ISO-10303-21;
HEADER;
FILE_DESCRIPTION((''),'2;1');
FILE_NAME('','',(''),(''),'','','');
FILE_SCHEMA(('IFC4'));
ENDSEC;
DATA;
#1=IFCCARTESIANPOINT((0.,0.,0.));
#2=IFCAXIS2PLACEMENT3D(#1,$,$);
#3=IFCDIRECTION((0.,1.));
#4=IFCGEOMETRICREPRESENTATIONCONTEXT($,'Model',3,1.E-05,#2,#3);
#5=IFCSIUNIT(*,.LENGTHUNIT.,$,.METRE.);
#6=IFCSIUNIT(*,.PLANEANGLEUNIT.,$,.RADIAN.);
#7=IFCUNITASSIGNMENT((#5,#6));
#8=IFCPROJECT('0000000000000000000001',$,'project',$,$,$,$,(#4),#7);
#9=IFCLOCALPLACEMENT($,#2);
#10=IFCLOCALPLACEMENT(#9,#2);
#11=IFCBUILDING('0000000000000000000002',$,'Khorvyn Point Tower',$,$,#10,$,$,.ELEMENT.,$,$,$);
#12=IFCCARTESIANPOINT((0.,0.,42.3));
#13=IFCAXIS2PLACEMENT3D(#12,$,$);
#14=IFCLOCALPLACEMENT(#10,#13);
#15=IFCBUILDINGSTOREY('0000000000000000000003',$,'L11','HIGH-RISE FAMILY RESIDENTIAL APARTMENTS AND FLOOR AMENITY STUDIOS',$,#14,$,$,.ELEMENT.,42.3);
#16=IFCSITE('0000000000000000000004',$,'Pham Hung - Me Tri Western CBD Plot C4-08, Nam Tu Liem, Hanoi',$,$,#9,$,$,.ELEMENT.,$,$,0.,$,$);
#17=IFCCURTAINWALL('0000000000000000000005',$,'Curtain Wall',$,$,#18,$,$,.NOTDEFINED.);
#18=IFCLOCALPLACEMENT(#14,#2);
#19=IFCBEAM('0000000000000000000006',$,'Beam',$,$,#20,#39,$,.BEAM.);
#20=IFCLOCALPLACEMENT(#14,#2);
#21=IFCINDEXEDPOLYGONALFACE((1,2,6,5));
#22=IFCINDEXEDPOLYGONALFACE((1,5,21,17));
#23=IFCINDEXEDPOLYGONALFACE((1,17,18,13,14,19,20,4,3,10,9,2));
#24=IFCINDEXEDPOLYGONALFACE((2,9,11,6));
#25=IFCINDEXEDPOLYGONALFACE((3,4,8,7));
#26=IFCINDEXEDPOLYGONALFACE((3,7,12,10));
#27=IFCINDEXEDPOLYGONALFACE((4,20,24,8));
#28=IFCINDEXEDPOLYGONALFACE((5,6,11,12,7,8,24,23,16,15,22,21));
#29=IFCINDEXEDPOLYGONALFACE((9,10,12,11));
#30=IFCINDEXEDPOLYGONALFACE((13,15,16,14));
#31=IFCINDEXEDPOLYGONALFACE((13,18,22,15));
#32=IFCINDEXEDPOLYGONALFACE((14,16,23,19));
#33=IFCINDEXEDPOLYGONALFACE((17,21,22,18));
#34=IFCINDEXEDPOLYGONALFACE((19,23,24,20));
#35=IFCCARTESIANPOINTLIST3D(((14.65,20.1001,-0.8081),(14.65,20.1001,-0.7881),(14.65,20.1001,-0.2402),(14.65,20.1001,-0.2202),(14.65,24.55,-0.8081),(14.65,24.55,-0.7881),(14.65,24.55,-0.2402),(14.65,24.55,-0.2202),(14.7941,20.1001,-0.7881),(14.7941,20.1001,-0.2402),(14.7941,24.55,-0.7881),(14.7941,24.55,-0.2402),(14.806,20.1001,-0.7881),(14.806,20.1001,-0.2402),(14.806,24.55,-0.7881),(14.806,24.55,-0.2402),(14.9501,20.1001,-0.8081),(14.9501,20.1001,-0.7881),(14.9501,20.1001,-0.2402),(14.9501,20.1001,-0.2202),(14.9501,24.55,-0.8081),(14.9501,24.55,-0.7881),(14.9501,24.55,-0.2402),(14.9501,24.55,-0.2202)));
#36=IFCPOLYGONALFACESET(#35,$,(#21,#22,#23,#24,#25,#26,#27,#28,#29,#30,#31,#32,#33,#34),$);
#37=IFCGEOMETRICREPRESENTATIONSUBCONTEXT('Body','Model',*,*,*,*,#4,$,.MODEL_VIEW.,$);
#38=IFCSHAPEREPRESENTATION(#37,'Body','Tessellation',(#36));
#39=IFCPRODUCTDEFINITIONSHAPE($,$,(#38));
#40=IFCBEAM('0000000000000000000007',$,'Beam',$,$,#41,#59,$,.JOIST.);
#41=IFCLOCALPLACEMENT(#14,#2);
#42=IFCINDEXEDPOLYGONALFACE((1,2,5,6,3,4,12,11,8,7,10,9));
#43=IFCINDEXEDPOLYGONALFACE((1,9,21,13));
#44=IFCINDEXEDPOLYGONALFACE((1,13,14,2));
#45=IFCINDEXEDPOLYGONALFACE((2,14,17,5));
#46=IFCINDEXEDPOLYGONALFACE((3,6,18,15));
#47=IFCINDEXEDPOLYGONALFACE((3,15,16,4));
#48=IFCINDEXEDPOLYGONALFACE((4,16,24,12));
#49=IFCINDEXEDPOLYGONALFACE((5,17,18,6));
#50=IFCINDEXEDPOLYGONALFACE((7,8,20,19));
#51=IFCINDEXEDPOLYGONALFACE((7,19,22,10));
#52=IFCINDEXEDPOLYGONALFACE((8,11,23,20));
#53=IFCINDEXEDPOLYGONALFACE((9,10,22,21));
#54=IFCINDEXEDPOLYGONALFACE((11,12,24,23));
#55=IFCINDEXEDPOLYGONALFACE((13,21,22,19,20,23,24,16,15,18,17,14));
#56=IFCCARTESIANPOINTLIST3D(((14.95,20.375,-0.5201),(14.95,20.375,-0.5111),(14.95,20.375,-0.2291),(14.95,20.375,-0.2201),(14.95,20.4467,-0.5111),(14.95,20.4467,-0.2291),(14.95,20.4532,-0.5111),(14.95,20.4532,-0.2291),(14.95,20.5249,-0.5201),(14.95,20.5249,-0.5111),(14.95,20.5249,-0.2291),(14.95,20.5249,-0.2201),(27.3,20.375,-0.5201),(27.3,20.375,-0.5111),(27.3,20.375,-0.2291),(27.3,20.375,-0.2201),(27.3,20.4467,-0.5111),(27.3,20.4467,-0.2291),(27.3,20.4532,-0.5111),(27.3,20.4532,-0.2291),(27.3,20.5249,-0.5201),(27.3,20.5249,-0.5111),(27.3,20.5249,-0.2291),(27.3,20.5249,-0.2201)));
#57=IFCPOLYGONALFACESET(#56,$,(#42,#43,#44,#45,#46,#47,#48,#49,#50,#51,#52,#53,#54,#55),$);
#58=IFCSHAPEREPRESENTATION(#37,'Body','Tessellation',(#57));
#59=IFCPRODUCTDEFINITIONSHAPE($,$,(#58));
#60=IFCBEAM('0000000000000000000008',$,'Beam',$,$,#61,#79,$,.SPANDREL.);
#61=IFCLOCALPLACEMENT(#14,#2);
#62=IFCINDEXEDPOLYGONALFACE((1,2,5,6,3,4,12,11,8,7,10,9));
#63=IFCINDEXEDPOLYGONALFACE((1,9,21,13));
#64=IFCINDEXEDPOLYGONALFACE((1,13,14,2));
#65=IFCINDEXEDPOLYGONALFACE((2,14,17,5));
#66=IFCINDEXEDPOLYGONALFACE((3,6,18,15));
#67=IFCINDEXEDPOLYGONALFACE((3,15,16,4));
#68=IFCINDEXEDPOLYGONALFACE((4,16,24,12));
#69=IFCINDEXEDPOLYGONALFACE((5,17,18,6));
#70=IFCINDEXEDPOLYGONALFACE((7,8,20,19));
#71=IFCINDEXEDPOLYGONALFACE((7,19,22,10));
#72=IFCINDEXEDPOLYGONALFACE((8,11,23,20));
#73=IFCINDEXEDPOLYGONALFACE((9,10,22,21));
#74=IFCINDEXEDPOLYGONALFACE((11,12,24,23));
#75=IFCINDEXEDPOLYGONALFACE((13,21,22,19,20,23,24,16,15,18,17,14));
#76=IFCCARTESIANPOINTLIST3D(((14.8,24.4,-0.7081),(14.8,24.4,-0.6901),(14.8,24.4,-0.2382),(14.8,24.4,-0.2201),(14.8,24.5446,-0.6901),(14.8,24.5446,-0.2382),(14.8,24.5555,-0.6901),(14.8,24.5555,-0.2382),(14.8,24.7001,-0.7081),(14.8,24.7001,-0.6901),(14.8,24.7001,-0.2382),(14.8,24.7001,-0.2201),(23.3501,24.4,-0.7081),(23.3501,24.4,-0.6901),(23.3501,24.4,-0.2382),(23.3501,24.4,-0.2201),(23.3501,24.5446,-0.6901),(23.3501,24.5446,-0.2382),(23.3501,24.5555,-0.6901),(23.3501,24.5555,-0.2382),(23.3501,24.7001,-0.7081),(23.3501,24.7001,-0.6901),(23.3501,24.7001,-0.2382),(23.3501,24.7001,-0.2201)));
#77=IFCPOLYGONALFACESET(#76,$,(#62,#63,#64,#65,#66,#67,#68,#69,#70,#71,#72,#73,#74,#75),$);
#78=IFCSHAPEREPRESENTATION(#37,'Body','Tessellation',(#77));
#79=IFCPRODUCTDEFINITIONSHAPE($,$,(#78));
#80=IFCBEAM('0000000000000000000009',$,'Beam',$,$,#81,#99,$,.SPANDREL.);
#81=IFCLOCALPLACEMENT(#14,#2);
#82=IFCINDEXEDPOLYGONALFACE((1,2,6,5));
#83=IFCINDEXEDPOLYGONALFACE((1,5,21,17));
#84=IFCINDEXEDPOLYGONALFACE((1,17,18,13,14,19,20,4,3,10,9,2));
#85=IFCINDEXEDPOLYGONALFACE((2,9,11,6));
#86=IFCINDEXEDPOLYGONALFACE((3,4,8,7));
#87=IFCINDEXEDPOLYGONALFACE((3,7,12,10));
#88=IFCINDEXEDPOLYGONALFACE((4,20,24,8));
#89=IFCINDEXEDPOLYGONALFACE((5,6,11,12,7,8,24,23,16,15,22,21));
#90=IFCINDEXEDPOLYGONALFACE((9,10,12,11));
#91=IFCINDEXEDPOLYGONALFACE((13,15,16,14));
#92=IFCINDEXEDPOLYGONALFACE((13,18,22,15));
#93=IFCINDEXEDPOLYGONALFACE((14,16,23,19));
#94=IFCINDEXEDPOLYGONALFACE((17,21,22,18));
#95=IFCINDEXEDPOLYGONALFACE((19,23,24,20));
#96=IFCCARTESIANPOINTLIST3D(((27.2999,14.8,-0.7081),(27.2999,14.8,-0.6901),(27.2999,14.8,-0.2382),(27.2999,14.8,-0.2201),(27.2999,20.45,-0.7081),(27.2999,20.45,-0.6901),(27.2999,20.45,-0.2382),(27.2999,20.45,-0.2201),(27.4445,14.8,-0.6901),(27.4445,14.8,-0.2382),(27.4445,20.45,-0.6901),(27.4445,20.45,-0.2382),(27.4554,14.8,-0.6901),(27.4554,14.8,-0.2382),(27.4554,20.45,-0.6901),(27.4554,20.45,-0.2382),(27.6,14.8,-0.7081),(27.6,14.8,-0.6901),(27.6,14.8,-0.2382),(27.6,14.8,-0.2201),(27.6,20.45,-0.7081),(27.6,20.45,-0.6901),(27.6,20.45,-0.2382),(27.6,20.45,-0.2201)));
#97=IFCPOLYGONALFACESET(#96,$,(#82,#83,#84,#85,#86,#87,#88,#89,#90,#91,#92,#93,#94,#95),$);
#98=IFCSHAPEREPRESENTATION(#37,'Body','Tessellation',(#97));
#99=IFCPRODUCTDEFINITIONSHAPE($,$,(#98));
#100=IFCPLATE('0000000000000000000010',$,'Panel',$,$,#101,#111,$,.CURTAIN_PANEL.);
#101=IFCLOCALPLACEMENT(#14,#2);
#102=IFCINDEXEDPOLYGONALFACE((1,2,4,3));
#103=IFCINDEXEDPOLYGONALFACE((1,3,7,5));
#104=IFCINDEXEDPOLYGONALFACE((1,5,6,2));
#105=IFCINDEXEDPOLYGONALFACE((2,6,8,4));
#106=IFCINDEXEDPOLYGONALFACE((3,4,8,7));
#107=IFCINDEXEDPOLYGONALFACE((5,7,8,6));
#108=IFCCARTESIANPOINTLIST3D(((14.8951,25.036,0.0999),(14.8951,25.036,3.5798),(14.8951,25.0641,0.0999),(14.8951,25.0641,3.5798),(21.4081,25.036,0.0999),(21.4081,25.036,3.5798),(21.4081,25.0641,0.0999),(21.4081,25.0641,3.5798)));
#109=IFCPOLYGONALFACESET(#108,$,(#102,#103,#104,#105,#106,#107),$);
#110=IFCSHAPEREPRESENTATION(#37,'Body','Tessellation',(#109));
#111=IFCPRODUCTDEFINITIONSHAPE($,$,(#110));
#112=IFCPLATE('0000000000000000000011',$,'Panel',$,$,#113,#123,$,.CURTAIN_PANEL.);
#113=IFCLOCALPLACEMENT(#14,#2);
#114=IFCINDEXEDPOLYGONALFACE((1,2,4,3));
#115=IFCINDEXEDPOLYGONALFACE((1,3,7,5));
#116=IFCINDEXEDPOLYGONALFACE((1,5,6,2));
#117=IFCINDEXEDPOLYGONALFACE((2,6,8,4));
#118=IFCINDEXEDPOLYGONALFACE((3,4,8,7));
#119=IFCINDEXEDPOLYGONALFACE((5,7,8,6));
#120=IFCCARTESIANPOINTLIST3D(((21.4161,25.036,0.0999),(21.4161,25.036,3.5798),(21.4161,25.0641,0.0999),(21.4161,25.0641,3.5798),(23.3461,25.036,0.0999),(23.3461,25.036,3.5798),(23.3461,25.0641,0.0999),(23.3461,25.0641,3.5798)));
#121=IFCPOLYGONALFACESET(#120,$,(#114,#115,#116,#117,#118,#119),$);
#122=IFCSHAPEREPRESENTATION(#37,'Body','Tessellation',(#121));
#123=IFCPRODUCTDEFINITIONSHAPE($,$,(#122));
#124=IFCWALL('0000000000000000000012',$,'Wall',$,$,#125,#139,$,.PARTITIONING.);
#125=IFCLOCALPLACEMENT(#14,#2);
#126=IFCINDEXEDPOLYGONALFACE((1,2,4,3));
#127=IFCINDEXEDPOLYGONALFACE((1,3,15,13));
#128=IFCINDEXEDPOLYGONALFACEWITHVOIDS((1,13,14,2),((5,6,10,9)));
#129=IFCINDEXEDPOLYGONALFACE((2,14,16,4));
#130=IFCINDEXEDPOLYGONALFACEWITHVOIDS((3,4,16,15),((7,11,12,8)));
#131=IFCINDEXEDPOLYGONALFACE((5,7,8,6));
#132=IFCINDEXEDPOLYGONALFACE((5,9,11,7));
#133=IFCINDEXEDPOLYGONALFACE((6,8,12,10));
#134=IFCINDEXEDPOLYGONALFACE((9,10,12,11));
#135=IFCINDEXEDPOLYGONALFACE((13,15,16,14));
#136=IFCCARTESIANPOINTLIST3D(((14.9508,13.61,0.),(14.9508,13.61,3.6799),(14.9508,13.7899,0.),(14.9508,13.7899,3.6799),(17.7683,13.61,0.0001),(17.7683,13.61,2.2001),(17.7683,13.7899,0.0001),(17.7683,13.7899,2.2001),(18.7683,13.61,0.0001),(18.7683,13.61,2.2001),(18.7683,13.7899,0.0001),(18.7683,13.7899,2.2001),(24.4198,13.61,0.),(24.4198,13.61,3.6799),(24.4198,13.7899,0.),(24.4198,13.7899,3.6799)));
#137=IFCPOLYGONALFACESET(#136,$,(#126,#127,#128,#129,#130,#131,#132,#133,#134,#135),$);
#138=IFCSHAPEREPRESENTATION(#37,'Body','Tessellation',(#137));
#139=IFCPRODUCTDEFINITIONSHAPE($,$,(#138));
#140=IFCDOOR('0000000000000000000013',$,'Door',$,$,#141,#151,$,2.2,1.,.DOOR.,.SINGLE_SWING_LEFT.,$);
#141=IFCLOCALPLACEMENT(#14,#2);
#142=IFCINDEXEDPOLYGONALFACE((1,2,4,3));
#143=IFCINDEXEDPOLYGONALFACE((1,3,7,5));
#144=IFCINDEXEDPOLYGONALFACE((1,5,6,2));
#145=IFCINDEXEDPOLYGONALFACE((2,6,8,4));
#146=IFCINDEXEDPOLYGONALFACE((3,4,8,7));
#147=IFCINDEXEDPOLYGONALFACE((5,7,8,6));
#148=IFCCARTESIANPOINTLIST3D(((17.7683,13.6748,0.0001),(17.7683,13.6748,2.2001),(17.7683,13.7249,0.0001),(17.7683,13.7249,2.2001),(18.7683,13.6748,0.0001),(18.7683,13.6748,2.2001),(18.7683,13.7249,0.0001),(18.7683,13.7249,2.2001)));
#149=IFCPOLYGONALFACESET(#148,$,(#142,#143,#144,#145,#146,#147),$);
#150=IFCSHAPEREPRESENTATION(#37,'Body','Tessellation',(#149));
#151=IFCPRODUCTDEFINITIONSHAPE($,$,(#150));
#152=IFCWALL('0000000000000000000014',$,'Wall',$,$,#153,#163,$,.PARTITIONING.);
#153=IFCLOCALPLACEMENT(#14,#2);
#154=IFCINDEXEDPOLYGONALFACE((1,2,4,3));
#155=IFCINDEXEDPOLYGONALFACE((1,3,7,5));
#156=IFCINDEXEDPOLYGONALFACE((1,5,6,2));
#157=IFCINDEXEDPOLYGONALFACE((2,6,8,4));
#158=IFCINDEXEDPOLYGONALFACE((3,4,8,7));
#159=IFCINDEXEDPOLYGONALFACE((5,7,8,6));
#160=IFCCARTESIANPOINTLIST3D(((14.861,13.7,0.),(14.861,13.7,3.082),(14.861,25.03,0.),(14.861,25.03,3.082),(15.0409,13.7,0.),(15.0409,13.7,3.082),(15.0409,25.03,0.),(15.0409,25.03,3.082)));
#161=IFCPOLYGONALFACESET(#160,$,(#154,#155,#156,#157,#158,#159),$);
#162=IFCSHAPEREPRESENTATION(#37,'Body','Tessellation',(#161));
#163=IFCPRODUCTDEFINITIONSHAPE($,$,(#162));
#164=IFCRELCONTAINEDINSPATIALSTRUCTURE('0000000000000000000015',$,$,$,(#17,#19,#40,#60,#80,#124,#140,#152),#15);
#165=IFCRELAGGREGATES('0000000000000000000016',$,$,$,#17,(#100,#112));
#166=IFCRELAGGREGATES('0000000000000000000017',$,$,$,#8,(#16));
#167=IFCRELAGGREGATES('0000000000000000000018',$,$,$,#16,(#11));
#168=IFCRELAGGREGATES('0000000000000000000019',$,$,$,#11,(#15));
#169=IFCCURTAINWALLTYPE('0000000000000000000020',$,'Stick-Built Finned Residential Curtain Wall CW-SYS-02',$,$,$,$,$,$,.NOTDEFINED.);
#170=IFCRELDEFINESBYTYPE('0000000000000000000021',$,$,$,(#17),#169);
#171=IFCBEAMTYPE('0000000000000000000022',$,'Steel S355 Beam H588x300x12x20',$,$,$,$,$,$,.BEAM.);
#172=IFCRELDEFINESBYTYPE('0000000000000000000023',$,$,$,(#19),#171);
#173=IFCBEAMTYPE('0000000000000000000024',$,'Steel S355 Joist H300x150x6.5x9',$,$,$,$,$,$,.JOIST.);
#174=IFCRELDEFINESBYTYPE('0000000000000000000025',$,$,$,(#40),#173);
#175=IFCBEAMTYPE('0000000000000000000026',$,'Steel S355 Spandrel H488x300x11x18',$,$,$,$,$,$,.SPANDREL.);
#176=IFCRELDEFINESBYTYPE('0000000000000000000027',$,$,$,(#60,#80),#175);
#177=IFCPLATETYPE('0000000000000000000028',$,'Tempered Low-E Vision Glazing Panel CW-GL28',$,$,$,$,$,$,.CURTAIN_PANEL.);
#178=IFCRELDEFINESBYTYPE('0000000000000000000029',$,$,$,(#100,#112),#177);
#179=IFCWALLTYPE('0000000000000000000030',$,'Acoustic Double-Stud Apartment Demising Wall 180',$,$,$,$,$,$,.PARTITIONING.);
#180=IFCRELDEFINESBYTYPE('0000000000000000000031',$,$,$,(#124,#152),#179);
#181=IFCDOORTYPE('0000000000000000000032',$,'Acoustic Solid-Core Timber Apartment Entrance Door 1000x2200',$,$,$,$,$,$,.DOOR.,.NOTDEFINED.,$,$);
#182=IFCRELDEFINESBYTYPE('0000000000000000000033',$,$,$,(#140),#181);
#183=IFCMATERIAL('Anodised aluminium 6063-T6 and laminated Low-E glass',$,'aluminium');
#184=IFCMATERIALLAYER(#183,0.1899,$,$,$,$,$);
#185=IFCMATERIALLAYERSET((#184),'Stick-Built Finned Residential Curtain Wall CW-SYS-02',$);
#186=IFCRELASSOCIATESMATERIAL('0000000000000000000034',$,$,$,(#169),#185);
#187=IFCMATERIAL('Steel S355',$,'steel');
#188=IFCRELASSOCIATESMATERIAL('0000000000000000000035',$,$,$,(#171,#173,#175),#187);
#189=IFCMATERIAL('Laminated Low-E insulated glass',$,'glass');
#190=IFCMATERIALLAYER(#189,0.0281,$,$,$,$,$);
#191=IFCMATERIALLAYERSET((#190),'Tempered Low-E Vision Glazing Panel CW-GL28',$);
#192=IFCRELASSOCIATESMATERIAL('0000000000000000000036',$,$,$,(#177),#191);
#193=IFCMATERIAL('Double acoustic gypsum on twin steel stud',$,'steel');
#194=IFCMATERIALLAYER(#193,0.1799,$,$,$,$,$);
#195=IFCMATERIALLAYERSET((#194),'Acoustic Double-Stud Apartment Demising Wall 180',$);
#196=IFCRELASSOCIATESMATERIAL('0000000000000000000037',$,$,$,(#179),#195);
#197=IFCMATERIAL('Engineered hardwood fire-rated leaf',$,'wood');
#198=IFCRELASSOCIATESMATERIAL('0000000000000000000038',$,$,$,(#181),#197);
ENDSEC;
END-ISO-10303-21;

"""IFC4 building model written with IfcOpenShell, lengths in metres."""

from ifc_helpers import new_model, si_unit, direction, frame, frame_2d, origin, origin_2d, place, context, subcontext, project, spatial, rectangle, i_section, extrude, material, layer, layer_set, material_profile, profile_set, type_object, element, fill, aggregate, save


model = new_model("IFC4")

# Units and contexts
model_context = context("Model", 3, precision=1e-05, world=origin(), true_north=direction((0.0, 1.0)))
body_context = subcontext(model_context, "Body", "Model", "MODEL_VIEW")
ifc_project = project(units=[si_unit("LENGTHUNIT", "METRE"), si_unit("PLANEANGLEUNIT", "RADIAN")], contexts=[model_context])

# Site, building, storey
site_placement = place(None, origin())
site = spatial("IfcSite", under=ifc_project, at=site_placement, Name="Pham Hung - Me Tri Western CBD Plot C4-08, Nam Tu Liem, Hanoi", CompositionType="ELEMENT", RefElevation=0.0)
building_placement = place(site_placement, origin())
building = spatial("IfcBuilding", under=site, at=building_placement, Name="Khorvyn Point Tower", CompositionType="ELEMENT")
storey_placement = place(building_placement, frame((0.0, 0.0, 42.3)))
storey = spatial("IfcBuildingStorey", under=building, at=storey_placement, Name="L11", Description="HIGH-RISE FAMILY RESIDENTIAL APARTMENTS AND FLOOR AMENITY STUDIOS", CompositionType="ELEMENT", Elevation=42.3)

# Curtain wall
ifc_material_1 = material(Name="Anodised aluminium 6063-T6 and laminated Low-E glass", Category="aluminium")
ifc_layer_1 = layer(ifc_material_1, 0.1899)
ifc_layer_set_1 = layer_set([ifc_layer_1], Name="Stick-Built Finned Residential Curtain Wall CW-SYS-02")
curtain_wall_type = type_object("IfcCurtainWallType", Name="Stick-Built Finned Residential Curtain Wall CW-SYS-02", PredefinedType="NOTDEFINED", material=ifc_layer_set_1)
curtain_wall_1_placement = place(storey_placement, origin())
curtain_wall_1 = element("IfcCurtainWall", 1, at=curtain_wall_1_placement, inside=storey, type_object=curtain_wall_type, Name="Curtain Wall", PredefinedType="NOTDEFINED")

# Beams
ifc_material_2 = material(Name="Steel S355", Category="steel")
ifc_material_profile_1 = material_profile(ifc_material_2, i_section(OverallWidth=0.3, OverallDepth=0.5879, WebThickness=0.012, FlangeThickness=0.02, at=origin_2d()))
ifc_profile_set_1 = profile_set([ifc_material_profile_1], Name="Steel S355 H588x300x12x20")
beam_type_1 = type_object("IfcBeamType", Name="Steel S355 Beam H588x300x12x20", PredefinedType="BEAM", material=ifc_profile_set_1)
beam_1_placement = place(storey_placement, frame((14.8, 20.1001, -0.5142), z_axis=(0.0, 1.0, 0.0), x_axis=(-1.0, 0.0, 0.0)))
element("IfcBeam", 2, at=beam_1_placement, inside=storey, type_object=beam_type_1, Name="Beam", PredefinedType="BEAM", context=body_context, shape_type="SweptSolid", body=[
    extrude(i_section(OverallWidth=0.3, OverallDepth=0.5879, WebThickness=0.012, FlangeThickness=0.02, at=origin_2d()), origin(), (0.0, 0.0, 1.0), 4.45),
])
ifc_material_profile_2 = material_profile(ifc_material_2, i_section(OverallWidth=0.1499, OverallDepth=0.3, WebThickness=0.0066, FlangeThickness=0.009, at=origin_2d()))
ifc_profile_set_2 = profile_set([ifc_material_profile_2], Name="Steel S355 H300x150x6.5x9")
beam_type_2 = type_object("IfcBeamType", Name="Steel S355 Joist H300x150x6.5x9", PredefinedType="JOIST", material=ifc_profile_set_2)
beam_2_placement = place(storey_placement, frame((14.95, 20.45, -0.3701), z_axis=(1.0, 0.0, 0.0), x_axis=(0.0, 1.0, 0.0)))
element("IfcBeam", 3, at=beam_2_placement, inside=storey, type_object=beam_type_2, Name="Beam", PredefinedType="JOIST", context=body_context, shape_type="SweptSolid", body=[
    extrude(i_section(OverallWidth=0.1499, OverallDepth=0.3, WebThickness=0.0066, FlangeThickness=0.009, at=origin_2d()), origin(), (0.0, 0.0, 1.0), 12.3501),
])
ifc_material_profile_3 = material_profile(ifc_material_2, i_section(OverallWidth=0.3, OverallDepth=0.488, WebThickness=0.011, FlangeThickness=0.0181, at=origin_2d()))
ifc_profile_set_3 = profile_set([ifc_material_profile_3], Name="Steel S355 H488x300x11x18")
beam_type_3 = type_object("IfcBeamType", Name="Steel S355 Spandrel H488x300x11x18", PredefinedType="SPANDREL", material=ifc_profile_set_3)
beam_3_placement = place(storey_placement, frame((14.8, 24.55, -0.4641), z_axis=(1.0, 0.0, 0.0), x_axis=(0.0, 1.0, 0.0)))
element("IfcBeam", 4, at=beam_3_placement, inside=storey, type_object=beam_type_3, Name="Beam", PredefinedType="SPANDREL", context=body_context, shape_type="SweptSolid", body=[
    extrude(i_section(OverallWidth=0.3, OverallDepth=0.488, WebThickness=0.011, FlangeThickness=0.0181, at=origin_2d()), origin(), (0.0, 0.0, 1.0), 8.55),
])
beam_4_placement = place(storey_placement, frame((27.45, 14.8, -0.4641), z_axis=(0.0, 1.0, 0.0), x_axis=(-1.0, 0.0, 0.0)))
element("IfcBeam", 5, at=beam_4_placement, inside=storey, type_object=beam_type_3, Name="Beam", PredefinedType="SPANDREL", context=body_context, shape_type="SweptSolid", body=[
    extrude(i_section(OverallWidth=0.3, OverallDepth=0.488, WebThickness=0.011, FlangeThickness=0.0181, at=origin_2d()), origin(), (0.0, 0.0, 1.0), 5.6499),
])

# Plates
ifc_material_3 = material(Name="Laminated Low-E insulated glass", Category="glass")
ifc_layer_2 = layer(ifc_material_3, 0.0281)
ifc_layer_set_2 = layer_set([ifc_layer_2], Name="Tempered Low-E Vision Glazing Panel CW-GL28")
plate_type = type_object("IfcPlateType", Name="Tempered Low-E Vision Glazing Panel CW-GL28", PredefinedType="CURTAIN_PANEL", material=ifc_layer_set_2)
plate_1_placement = place(storey_placement, frame((18.1516, 25.05, 0.0999), z_axis=(0.0, 0.0, 1.0), x_axis=(1.0, 0.0, 0.0)))
plate_1 = element("IfcPlate", 6, at=plate_1_placement, type_object=plate_type, Name="Panel", PredefinedType="CURTAIN_PANEL", context=body_context, shape_type="SweptSolid", body=[
    extrude(rectangle(XDim=6.5129, YDim=0.0281, at=origin_2d()), origin(), (0.0, 0.0, 1.0), 3.48),
])
plate_2_placement = place(storey_placement, frame((22.3811, 25.05, 0.0999), z_axis=(0.0, 0.0, 1.0), x_axis=(1.0, 0.0, 0.0)))
plate_2 = element("IfcPlate", 7, at=plate_2_placement, type_object=plate_type, Name="Panel", PredefinedType="CURTAIN_PANEL", context=body_context, shape_type="SweptSolid", body=[
    extrude(rectangle(XDim=1.9299, YDim=0.0281, at=origin_2d()), origin(), (0.0, 0.0, 1.0), 3.48),
])
aggregate(curtain_wall_1, [plate_1, plate_2])

# Wall, opening, door
ifc_material_4 = material(Name="Double acoustic gypsum on twin steel stud", Category="steel")
ifc_layer_3 = layer(ifc_material_4, 0.1799)
ifc_layer_set_3 = layer_set([ifc_layer_3], Name="Acoustic Double-Stud Apartment Demising Wall 180")
wall_type_1 = type_object("IfcWallType", Name="Acoustic Double-Stud Apartment Demising Wall 180", PredefinedType="PARTITIONING", material=ifc_layer_set_3)
wall_1_placement = place(storey_placement, frame((14.9509, 13.7, 0.0), z_axis=(0.0, 0.0, 1.0), x_axis=(1.0, 0.0, 0.0)))
wall_1 = element("IfcWall", 8, at=wall_1_placement, inside=storey, type_object=wall_type_1, Name="Wall", PredefinedType="PARTITIONING", context=body_context, shape_type="SweptSolid", body=[
    extrude(rectangle(XDim=9.469, YDim=0.1799, at=frame_2d((4.7344, 0.0))), origin(), (0.0, 0.0, 1.0), 3.6799),
])
opening_1_placement = place(wall_1_placement, frame((2.8174, 0.0, 0.0)))
opening_1 = element("IfcOpeningElement", 9, at=opening_1_placement, cuts=wall_1, PredefinedType="OPENING", context=body_context, shape_type="SweptSolid", body=[
    extrude(rectangle(XDim=1.0, YDim=2.2, at=frame_2d((0.5, 1.1001))), frame((0.0, 0.0999, 0.0), z_axis=(0.0, -1.0, 0.0), x_axis=(1.0, 0.0, 0.0)), (0.0, 0.0, 1.0), 0.2),
])
ifc_material_5 = material(Name="Engineered hardwood fire-rated leaf", Category="wood")
door_type_1 = type_object("IfcDoorType", Name="Acoustic Solid-Core Timber Apartment Entrance Door 1000x2200", OperationType="NOTDEFINED", PredefinedType="DOOR", material=ifc_material_5)
door_1_placement = place(opening_1_placement, origin())
door_1 = element("IfcDoor", 10, at=door_1_placement, inside=storey, type_object=door_type_1, Name="Door", OperationType="SINGLE_SWING_LEFT", OverallHeight=2.2, OverallWidth=1.0, PredefinedType="DOOR", context=body_context, shape_type="SweptSolid", body=[
    extrude(rectangle(XDim=1.0, YDim=2.2, at=frame_2d((0.5, 1.1001))), frame((0.0, 0.0249, 0.0), z_axis=(0.0, -1.0, 0.0), x_axis=(1.0, 0.0, 0.0)), (0.0, 0.0, 1.0), 0.05),
])
fill(opening_1, door_1)

# Wall
wall_2_placement = place(storey_placement, frame((14.9509, 13.7, 0.0), z_axis=(0.0, 0.0, 1.0), x_axis=(0.0, 1.0, 0.0)))
element("IfcWall", 11, at=wall_2_placement, inside=storey, type_object=wall_type_1, Name="Wall", PredefinedType="PARTITIONING", context=body_context, shape_type="SweptSolid", body=[
    extrude(rectangle(XDim=11.3301, YDim=0.1799, at=frame_2d((5.665, 0.0))), origin(), (0.0, 0.0, 1.0), 3.082),
])

save(model, "model.ifc")
